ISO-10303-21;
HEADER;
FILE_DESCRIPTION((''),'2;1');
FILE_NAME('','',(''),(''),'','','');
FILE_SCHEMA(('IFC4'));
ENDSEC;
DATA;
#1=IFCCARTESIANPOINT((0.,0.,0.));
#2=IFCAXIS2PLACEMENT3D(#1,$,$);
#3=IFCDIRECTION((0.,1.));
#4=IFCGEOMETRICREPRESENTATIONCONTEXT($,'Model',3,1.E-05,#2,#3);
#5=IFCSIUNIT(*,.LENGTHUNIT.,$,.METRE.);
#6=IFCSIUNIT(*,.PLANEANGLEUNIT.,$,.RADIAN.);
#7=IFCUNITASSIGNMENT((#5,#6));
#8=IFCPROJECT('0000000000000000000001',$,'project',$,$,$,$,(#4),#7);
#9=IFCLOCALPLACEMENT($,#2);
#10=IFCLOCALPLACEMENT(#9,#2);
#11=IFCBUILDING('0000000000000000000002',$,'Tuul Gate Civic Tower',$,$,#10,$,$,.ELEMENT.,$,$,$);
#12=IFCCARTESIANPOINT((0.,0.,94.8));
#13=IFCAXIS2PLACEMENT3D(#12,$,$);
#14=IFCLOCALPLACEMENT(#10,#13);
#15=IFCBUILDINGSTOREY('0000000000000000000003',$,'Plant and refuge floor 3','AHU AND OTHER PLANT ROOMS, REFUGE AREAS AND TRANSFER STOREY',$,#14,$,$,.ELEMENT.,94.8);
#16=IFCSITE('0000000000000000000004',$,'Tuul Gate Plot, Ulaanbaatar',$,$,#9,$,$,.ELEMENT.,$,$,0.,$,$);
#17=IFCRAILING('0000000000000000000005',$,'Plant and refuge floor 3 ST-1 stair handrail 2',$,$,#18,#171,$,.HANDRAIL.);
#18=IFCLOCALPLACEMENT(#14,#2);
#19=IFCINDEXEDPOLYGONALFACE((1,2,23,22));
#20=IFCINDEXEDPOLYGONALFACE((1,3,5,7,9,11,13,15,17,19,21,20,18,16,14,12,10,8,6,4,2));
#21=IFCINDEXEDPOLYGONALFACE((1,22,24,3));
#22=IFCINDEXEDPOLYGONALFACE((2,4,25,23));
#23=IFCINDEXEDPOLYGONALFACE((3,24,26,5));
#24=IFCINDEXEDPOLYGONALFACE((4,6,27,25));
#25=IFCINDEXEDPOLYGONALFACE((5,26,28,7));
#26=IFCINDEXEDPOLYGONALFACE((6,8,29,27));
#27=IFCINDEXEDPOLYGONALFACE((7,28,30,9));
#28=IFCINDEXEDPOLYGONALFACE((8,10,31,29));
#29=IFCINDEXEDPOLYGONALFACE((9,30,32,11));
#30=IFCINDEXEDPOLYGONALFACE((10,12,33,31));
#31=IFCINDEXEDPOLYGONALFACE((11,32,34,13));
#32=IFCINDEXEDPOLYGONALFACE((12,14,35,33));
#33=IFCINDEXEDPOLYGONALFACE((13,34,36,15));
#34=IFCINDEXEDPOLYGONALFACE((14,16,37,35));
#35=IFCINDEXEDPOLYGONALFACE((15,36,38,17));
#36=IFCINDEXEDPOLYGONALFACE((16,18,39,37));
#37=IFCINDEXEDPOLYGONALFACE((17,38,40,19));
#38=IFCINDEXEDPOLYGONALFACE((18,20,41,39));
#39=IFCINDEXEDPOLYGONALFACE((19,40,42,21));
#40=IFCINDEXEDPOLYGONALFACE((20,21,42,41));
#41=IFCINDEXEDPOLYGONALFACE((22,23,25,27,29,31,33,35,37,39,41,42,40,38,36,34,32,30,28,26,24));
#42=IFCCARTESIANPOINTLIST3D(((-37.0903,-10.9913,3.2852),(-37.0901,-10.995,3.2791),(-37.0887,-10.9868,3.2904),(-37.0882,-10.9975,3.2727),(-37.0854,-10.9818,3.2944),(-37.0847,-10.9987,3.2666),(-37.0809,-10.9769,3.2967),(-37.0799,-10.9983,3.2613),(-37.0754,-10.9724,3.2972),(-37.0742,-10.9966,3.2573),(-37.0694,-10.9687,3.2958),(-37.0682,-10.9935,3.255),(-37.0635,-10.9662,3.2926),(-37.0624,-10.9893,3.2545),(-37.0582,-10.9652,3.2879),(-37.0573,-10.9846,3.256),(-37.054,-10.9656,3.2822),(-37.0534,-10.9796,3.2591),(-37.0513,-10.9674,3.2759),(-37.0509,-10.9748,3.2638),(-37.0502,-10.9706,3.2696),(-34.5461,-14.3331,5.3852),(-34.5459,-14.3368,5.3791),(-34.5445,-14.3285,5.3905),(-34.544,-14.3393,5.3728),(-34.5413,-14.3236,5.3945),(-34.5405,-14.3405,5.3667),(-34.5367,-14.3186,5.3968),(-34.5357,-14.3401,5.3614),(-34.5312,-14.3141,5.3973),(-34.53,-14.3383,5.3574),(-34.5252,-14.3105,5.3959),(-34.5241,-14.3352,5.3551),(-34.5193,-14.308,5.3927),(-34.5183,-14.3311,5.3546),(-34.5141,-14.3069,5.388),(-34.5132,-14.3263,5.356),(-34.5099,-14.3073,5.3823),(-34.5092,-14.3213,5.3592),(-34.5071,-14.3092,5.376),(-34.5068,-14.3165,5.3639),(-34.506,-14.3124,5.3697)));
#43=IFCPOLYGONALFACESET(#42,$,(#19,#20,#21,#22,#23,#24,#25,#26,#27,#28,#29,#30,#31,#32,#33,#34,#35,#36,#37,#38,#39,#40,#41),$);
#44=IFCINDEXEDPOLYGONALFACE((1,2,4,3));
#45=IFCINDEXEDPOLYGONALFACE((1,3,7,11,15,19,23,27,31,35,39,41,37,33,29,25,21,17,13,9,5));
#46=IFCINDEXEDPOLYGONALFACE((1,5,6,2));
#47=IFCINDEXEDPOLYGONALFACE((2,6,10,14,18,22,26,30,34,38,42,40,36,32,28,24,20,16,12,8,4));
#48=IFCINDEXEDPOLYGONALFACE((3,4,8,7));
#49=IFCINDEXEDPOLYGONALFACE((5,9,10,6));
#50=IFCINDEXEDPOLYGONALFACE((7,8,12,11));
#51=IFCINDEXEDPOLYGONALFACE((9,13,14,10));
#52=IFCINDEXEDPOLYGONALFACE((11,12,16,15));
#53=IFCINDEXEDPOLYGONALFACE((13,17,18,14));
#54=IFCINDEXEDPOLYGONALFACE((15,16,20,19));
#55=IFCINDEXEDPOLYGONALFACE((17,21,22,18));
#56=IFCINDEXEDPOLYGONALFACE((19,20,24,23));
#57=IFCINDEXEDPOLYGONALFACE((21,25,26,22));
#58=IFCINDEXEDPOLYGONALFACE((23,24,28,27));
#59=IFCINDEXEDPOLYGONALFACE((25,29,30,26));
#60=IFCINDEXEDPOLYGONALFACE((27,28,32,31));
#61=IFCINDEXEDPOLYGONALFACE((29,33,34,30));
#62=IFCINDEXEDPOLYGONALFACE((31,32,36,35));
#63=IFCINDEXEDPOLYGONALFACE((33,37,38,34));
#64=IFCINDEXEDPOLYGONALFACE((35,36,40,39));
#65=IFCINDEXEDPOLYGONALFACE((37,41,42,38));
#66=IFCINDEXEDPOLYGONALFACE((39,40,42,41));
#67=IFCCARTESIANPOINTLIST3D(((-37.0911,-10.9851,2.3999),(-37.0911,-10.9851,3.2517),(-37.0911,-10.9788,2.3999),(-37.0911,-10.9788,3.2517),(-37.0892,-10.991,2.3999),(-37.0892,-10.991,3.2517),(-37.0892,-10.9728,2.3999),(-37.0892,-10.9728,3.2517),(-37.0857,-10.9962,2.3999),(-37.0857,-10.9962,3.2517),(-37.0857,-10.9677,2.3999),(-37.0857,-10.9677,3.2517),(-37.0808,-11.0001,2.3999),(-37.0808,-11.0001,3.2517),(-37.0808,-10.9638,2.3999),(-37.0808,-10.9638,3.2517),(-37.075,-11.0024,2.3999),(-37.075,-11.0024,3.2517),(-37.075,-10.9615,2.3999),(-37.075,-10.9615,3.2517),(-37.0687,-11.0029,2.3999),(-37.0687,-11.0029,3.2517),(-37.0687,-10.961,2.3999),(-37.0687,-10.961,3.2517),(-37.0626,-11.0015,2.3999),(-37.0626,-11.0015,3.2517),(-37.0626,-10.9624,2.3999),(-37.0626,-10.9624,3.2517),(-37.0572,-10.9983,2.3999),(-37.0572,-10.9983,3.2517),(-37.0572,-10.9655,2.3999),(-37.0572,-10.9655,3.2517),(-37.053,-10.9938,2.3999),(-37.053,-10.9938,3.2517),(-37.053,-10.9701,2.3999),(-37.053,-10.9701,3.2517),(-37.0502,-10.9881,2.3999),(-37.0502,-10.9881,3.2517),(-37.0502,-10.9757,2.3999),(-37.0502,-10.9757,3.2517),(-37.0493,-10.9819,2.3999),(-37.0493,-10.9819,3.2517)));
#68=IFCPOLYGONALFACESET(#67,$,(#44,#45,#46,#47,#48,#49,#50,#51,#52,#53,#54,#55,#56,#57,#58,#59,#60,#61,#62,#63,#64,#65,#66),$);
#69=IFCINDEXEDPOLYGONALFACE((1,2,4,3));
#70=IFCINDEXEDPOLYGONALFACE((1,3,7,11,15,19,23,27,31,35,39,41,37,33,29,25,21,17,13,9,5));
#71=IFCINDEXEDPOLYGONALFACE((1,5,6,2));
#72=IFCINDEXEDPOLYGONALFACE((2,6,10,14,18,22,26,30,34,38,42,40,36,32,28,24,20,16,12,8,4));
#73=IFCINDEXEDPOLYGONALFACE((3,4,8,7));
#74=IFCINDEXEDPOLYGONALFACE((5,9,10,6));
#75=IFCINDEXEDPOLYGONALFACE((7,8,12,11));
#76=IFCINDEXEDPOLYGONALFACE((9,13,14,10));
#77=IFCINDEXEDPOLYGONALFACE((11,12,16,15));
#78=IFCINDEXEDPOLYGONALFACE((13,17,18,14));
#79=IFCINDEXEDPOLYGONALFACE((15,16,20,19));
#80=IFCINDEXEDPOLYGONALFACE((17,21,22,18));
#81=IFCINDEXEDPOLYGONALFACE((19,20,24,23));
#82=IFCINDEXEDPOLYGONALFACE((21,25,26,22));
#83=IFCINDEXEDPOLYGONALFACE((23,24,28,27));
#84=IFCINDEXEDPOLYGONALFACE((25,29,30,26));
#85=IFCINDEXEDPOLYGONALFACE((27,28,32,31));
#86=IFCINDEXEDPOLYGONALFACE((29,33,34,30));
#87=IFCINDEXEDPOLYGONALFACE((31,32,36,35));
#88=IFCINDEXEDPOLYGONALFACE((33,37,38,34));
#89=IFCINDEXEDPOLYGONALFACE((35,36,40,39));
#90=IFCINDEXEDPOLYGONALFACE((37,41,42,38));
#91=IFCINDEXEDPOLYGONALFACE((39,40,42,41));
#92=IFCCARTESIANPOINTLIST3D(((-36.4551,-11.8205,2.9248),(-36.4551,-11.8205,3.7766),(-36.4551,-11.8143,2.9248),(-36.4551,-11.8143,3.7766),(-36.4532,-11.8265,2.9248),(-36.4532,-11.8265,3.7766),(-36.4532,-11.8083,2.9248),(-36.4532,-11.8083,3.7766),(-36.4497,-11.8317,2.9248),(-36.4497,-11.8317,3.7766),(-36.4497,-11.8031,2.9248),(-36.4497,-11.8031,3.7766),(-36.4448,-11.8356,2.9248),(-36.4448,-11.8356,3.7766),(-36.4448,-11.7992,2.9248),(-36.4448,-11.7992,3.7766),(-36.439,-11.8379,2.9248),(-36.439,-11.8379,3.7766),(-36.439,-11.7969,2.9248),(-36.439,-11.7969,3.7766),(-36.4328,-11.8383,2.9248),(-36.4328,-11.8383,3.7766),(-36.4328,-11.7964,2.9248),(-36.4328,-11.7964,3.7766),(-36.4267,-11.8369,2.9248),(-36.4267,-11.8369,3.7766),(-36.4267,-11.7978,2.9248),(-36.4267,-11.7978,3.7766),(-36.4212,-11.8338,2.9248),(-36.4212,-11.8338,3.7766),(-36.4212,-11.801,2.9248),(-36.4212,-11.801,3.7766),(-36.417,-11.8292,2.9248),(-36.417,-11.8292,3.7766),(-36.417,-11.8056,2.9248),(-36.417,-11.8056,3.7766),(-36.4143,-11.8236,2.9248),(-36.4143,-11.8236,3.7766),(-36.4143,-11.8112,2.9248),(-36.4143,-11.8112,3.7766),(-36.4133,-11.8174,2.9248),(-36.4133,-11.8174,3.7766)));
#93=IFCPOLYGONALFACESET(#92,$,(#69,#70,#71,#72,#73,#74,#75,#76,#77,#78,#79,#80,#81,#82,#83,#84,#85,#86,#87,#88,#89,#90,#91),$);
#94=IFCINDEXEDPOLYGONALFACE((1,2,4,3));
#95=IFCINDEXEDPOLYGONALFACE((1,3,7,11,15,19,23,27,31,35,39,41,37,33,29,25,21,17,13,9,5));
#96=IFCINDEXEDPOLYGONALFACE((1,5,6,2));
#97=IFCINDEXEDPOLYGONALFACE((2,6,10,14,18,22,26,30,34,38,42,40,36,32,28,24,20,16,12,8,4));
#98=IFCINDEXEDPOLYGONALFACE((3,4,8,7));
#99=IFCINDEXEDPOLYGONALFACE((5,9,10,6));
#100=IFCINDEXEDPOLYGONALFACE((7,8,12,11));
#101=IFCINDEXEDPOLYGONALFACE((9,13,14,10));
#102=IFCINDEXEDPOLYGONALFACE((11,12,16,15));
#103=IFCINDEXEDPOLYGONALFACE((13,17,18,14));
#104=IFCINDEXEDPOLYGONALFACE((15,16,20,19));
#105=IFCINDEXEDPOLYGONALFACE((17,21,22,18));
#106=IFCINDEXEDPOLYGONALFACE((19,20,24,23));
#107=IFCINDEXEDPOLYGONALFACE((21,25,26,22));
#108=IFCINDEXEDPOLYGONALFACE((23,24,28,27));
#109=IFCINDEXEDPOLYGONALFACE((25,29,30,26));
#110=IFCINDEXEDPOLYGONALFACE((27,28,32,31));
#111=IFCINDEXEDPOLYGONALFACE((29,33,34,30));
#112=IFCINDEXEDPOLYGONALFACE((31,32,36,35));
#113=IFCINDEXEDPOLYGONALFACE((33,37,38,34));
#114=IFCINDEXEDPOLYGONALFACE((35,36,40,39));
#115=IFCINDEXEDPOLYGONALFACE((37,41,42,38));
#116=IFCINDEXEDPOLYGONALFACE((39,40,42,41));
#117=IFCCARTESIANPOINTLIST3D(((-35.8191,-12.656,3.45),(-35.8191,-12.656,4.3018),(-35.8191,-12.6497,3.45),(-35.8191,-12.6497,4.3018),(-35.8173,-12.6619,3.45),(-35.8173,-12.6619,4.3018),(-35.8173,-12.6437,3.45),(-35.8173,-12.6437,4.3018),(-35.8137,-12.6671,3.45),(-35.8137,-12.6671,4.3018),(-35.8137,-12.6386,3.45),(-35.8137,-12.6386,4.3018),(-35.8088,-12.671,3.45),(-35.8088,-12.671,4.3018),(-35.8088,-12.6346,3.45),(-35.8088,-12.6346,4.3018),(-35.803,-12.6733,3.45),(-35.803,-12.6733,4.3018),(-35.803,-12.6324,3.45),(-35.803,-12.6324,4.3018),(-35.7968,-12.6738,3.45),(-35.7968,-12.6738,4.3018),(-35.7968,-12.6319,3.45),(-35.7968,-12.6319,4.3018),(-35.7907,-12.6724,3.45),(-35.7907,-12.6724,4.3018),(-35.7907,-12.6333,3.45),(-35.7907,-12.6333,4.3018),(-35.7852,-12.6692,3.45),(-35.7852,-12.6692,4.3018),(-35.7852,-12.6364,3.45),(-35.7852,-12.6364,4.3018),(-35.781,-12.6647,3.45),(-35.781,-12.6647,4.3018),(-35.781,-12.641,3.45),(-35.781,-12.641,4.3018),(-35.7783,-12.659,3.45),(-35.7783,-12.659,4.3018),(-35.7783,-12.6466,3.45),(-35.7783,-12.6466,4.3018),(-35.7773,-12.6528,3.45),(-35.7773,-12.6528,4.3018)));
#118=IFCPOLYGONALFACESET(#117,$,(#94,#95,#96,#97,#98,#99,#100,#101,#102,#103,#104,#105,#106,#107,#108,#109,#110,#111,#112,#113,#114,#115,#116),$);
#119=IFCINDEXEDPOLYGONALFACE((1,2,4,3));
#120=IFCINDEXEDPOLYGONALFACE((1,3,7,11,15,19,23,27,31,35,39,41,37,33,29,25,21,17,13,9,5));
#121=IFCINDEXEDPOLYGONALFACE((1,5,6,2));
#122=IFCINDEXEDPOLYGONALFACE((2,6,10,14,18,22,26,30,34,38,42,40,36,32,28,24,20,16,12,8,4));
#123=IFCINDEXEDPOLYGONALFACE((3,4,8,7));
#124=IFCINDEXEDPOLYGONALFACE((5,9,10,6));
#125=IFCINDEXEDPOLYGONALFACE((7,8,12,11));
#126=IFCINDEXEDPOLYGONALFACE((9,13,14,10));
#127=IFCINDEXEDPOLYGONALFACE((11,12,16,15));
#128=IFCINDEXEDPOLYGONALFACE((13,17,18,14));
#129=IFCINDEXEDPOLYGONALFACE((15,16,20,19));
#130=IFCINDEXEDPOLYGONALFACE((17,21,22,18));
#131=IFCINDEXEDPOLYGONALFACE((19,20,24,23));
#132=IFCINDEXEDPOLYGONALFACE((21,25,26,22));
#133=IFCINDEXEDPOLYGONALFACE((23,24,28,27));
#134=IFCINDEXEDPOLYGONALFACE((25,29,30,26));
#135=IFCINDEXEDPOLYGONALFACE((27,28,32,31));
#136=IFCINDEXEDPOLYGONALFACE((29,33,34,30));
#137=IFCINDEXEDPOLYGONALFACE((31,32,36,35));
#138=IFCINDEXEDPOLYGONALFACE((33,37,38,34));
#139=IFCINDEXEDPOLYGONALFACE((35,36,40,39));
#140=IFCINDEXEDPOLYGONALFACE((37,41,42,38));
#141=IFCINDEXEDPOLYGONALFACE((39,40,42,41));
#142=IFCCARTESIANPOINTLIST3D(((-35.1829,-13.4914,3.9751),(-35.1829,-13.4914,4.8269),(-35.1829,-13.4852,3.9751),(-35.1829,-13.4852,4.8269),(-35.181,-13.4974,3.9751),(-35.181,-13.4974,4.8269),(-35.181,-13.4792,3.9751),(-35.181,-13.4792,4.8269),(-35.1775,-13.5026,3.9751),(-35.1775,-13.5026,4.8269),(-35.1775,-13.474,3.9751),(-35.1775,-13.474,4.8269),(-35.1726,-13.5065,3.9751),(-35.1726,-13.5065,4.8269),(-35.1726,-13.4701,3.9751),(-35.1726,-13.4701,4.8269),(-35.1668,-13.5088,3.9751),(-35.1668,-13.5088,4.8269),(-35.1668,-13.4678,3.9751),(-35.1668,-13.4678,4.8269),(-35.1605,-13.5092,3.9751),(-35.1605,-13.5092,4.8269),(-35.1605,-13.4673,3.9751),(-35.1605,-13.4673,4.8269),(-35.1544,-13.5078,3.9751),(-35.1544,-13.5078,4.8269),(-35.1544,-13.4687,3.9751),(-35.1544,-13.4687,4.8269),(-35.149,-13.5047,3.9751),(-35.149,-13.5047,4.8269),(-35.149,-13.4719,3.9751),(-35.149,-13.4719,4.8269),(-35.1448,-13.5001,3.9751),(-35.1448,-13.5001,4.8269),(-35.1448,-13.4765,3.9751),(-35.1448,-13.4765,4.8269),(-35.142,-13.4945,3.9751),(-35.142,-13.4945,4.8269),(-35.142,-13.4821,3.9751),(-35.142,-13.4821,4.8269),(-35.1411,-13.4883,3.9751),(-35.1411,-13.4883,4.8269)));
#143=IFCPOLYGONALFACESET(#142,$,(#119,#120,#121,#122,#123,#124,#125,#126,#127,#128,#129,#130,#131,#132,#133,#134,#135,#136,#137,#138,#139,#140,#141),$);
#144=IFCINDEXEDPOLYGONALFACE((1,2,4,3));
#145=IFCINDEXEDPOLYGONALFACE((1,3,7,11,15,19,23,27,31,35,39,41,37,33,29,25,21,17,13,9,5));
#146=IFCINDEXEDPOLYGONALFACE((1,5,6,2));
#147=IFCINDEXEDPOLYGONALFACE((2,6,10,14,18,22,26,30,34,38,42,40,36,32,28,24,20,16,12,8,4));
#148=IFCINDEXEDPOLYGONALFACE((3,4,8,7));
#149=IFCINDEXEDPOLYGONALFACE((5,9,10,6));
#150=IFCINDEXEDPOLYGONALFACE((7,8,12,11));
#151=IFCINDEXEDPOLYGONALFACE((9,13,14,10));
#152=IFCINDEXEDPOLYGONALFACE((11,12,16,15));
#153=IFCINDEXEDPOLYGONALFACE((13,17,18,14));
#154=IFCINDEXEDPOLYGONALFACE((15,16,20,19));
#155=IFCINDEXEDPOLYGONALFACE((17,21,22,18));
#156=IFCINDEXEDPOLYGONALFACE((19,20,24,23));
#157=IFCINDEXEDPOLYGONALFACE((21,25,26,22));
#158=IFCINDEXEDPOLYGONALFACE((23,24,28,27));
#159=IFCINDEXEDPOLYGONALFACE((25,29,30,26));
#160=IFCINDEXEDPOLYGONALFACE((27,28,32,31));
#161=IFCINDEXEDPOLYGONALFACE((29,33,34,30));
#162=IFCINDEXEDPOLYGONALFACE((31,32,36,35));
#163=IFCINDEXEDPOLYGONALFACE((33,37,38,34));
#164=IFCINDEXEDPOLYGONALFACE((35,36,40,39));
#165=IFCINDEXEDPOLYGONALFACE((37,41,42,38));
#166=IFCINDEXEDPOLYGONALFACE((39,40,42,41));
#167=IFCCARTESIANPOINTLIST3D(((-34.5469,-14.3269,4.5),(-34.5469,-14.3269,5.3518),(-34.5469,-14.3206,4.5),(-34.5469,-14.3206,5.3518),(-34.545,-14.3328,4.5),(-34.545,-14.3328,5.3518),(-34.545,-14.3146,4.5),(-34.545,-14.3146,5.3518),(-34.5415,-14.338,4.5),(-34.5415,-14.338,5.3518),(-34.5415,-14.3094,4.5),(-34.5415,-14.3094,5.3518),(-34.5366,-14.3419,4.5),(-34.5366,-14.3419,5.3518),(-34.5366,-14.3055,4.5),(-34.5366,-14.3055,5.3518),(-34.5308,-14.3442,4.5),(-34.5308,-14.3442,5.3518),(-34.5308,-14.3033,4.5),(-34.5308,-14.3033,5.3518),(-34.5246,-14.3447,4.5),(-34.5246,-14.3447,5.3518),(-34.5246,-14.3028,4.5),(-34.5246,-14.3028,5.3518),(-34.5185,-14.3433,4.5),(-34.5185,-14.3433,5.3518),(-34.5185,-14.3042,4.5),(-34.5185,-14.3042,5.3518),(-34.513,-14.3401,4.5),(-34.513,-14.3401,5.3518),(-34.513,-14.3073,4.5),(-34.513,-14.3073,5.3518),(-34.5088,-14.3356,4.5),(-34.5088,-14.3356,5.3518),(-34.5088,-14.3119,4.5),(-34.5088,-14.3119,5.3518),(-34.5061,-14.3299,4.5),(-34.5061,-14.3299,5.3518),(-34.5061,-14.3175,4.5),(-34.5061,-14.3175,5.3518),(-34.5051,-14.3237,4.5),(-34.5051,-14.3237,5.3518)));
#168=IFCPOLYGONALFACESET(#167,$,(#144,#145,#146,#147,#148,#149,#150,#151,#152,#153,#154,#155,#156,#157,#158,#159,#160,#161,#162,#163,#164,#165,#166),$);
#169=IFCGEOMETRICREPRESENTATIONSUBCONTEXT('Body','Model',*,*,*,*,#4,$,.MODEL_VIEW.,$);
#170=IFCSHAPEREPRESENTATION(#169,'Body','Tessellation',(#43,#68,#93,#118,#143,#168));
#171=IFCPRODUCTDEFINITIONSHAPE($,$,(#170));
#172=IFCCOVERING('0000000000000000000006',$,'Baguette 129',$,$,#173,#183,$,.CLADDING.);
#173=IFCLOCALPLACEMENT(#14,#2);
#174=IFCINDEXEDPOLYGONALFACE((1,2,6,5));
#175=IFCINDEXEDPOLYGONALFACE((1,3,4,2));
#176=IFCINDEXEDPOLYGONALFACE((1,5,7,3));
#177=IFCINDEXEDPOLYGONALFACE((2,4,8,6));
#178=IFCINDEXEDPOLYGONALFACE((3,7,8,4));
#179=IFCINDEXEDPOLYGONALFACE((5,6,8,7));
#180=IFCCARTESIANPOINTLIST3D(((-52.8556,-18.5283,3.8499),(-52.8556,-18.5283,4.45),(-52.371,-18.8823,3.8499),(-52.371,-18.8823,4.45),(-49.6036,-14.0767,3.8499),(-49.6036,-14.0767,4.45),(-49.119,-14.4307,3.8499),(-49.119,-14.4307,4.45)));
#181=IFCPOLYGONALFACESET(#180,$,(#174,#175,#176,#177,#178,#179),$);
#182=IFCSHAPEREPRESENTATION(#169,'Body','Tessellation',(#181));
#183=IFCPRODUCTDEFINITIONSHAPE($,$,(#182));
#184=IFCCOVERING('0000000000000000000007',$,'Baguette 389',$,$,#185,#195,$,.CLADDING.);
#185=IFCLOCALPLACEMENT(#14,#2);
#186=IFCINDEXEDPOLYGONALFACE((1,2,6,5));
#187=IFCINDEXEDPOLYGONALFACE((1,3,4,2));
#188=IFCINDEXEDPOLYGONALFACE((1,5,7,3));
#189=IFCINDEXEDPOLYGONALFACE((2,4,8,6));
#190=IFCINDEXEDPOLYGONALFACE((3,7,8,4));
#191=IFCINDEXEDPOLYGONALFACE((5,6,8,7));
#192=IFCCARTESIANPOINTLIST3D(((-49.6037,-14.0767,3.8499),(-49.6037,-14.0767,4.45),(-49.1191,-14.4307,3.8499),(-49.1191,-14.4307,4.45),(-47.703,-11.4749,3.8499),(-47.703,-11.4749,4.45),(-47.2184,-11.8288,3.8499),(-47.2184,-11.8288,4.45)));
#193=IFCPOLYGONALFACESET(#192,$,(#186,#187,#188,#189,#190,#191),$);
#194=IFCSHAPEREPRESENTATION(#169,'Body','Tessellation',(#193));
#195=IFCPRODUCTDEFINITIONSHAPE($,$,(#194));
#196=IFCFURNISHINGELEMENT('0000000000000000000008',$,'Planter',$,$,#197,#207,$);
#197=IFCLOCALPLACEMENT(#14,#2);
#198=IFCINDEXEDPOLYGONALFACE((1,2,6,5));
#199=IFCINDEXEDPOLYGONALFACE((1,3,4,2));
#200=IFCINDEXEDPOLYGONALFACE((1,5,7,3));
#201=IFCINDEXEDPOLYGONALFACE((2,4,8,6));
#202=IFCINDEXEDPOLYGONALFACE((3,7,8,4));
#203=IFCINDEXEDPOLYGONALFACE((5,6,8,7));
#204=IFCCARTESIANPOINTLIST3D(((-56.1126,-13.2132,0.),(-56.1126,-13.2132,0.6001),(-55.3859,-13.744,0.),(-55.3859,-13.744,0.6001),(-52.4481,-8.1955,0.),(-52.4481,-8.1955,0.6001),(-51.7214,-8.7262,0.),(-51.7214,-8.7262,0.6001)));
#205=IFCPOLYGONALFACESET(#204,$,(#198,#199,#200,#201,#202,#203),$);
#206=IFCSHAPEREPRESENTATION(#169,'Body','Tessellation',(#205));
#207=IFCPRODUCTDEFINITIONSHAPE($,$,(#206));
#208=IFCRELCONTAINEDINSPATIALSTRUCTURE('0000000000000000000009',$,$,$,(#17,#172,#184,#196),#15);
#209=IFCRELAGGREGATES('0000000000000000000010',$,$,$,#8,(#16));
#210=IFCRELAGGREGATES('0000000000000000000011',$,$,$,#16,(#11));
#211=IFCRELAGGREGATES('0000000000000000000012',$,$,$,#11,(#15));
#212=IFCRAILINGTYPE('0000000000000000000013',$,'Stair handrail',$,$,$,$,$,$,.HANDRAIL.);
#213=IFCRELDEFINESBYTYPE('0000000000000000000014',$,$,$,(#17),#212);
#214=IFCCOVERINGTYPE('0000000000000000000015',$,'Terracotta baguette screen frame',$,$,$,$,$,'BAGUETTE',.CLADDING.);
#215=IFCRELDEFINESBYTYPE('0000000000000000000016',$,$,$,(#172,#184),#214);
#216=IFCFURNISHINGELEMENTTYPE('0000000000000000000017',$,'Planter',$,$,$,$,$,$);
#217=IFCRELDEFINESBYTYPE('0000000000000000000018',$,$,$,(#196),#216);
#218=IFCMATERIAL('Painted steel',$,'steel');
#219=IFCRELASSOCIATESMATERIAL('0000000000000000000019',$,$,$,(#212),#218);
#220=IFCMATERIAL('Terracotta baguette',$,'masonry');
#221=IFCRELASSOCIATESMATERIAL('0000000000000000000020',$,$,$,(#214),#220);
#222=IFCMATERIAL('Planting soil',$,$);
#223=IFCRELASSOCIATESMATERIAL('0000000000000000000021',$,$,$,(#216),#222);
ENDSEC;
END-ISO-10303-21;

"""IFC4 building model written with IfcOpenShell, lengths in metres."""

from ifc_helpers import new_model, si_unit, direction, frame, origin, origin_2d, place, context, subcontext, project, spatial, rectangle, circle, extrude, material, material_profile, profile_set, type_object, element, save


model = new_model("IFC4")

# Units and contexts
model_context = context("Model", 3, precision=1e-05, world=origin(), true_north=direction((0.0, 1.0)))
body_context = subcontext(model_context, "Body", "Model", "MODEL_VIEW")
ifc_project = project(units=[si_unit("LENGTHUNIT", "METRE"), si_unit("PLANEANGLEUNIT", "RADIAN")], contexts=[model_context])

# Site, building, storey
site_placement = place(None, origin())
site = spatial("IfcSite", under=ifc_project, at=site_placement, Name="Tuul Gate Plot, Ulaanbaatar", CompositionType="ELEMENT", RefElevation=0.0)
building_placement = place(site_placement, origin())
building = spatial("IfcBuilding", under=site, at=building_placement, Name="Tuul Gate Civic Tower", CompositionType="ELEMENT")
storey_placement = place(building_placement, frame((0.0, 0.0, 94.8)))
storey = spatial("IfcBuildingStorey", under=building, at=storey_placement, Name="Plant and refuge floor 3", Description="AHU AND OTHER PLANT ROOMS, REFUGE AREAS AND TRANSFER STOREY", CompositionType="ELEMENT", Elevation=94.8)

# Railing
ifc_material_1 = material(Name="Painted steel", Category="steel")
railing_type = type_object("IfcRailingType", Name="Stair handrail", PredefinedType="HANDRAIL", material=ifc_material_1)
railing_placement = place(storey_placement, frame((-37.0703, -10.9819, 2.3999)))
element("IfcRailing", 1, at=railing_placement, inside=storey, type_object=railing_type, Name="Plant and refuge floor 3 ST-1 stair handrail 2", PredefinedType="HANDRAIL", context=body_context, shape_type="SweptSolid", body=[
    extrude(circle(Radius=0.0239, at=origin_2d()), frame((0.0, 0.0, 0.876), z_axis=(0.541796, -0.71165, 0.447225), x_axis=(0.795655, 0.605751, 0.0)), (0.0, 0.0, 1.0), 4.6958),
    extrude(circle(Radius=0.021, at=origin_2d()), origin(), (0.0, 0.0, 1.0), 0.8518),
    extrude(circle(Radius=0.021, at=origin_2d()), frame((0.636, -0.8354, 0.5249)), (0.0, 0.0, 1.0), 0.8518),
    extrude(circle(Radius=0.021, at=origin_2d()), frame((1.272, -1.6709, 1.05)), (0.0, 0.0, 1.0), 0.8518),
    extrude(circle(Radius=0.021, at=origin_2d()), frame((1.9082, -2.5063, 1.5752)), (0.0, 0.0, 1.0), 0.8518),
    extrude(circle(Radius=0.021, at=origin_2d()), frame((2.5442, -3.3418, 2.1001)), (0.0, 0.0, 1.0), 0.8518),
])

# Coverings
ifc_material_2 = material(Name="Terracotta baguette", Category="masonry")
ifc_material_profile_1 = material_profile(ifc_material_2, rectangle(XDim=0.6001, YDim=0.6001, at=origin_2d()), Name="Terracotta baguette screen frame")
ifc_profile_set_1 = profile_set([ifc_material_profile_1], Name="Terracotta baguette")
covering_type = type_object("IfcCoveringType", Name="Terracotta baguette screen frame", ElementType="BAGUETTE", PredefinedType="CLADDING", material=ifc_profile_set_1)
covering_1_placement = place(storey_placement, frame((-49.3613, -14.2537, 4.1499), z_axis=(-0.589877, -0.807493, 0.0), x_axis=(0.807493, -0.589877, 0.0)))
element("IfcCovering", 2, at=covering_1_placement, inside=storey, type_object=covering_type, Name="Baguette 129", PredefinedType="CLADDING", context=body_context, shape_type="SweptSolid", body=[
    extrude(rectangle(XDim=0.6001, YDim=0.6001, at=origin_2d()), origin(), (0.0, 0.0, 1.0), 5.5129),
])
covering_2_placement = place(storey_placement, frame((-47.4607, -11.6519, 4.1499), z_axis=(-0.589878, -0.807492, 0.0), x_axis=(0.807492, -0.589878, 0.0)))
element("IfcCovering", 3, at=covering_2_placement, inside=storey, type_object=covering_type, Name="Baguette 389", PredefinedType="CLADDING", context=body_context, shape_type="SweptSolid", body=[
    extrude(rectangle(XDim=0.6001, YDim=0.6001, at=origin_2d()), origin(), (0.0, 0.0, 1.0), 3.2222),
])

# Furnishing element
ifc_material_3 = material(Name="Planting soil")
furnishing_element_type = type_object("IfcFurnishingElementType", Name="Planter", material=ifc_material_3)
furnishing_placement = place(storey_placement, frame((-53.917, -10.9697, 0.0), z_axis=(0.0, 0.0, 1.0), x_axis=(-0.589772, -0.80757, 0.0)))
element("IfcFurnishingElement", 4, at=furnishing_placement, inside=storey, type_object=furnishing_element_type, Name="Planter", context=body_context, shape_type="SweptSolid", body=[
    extrude(rectangle(XDim=6.2134, YDim=0.8999, at=origin_2d()), origin(), (0.0, 0.0, 1.0), 0.6001),
])

save(model, "model.ifc")
